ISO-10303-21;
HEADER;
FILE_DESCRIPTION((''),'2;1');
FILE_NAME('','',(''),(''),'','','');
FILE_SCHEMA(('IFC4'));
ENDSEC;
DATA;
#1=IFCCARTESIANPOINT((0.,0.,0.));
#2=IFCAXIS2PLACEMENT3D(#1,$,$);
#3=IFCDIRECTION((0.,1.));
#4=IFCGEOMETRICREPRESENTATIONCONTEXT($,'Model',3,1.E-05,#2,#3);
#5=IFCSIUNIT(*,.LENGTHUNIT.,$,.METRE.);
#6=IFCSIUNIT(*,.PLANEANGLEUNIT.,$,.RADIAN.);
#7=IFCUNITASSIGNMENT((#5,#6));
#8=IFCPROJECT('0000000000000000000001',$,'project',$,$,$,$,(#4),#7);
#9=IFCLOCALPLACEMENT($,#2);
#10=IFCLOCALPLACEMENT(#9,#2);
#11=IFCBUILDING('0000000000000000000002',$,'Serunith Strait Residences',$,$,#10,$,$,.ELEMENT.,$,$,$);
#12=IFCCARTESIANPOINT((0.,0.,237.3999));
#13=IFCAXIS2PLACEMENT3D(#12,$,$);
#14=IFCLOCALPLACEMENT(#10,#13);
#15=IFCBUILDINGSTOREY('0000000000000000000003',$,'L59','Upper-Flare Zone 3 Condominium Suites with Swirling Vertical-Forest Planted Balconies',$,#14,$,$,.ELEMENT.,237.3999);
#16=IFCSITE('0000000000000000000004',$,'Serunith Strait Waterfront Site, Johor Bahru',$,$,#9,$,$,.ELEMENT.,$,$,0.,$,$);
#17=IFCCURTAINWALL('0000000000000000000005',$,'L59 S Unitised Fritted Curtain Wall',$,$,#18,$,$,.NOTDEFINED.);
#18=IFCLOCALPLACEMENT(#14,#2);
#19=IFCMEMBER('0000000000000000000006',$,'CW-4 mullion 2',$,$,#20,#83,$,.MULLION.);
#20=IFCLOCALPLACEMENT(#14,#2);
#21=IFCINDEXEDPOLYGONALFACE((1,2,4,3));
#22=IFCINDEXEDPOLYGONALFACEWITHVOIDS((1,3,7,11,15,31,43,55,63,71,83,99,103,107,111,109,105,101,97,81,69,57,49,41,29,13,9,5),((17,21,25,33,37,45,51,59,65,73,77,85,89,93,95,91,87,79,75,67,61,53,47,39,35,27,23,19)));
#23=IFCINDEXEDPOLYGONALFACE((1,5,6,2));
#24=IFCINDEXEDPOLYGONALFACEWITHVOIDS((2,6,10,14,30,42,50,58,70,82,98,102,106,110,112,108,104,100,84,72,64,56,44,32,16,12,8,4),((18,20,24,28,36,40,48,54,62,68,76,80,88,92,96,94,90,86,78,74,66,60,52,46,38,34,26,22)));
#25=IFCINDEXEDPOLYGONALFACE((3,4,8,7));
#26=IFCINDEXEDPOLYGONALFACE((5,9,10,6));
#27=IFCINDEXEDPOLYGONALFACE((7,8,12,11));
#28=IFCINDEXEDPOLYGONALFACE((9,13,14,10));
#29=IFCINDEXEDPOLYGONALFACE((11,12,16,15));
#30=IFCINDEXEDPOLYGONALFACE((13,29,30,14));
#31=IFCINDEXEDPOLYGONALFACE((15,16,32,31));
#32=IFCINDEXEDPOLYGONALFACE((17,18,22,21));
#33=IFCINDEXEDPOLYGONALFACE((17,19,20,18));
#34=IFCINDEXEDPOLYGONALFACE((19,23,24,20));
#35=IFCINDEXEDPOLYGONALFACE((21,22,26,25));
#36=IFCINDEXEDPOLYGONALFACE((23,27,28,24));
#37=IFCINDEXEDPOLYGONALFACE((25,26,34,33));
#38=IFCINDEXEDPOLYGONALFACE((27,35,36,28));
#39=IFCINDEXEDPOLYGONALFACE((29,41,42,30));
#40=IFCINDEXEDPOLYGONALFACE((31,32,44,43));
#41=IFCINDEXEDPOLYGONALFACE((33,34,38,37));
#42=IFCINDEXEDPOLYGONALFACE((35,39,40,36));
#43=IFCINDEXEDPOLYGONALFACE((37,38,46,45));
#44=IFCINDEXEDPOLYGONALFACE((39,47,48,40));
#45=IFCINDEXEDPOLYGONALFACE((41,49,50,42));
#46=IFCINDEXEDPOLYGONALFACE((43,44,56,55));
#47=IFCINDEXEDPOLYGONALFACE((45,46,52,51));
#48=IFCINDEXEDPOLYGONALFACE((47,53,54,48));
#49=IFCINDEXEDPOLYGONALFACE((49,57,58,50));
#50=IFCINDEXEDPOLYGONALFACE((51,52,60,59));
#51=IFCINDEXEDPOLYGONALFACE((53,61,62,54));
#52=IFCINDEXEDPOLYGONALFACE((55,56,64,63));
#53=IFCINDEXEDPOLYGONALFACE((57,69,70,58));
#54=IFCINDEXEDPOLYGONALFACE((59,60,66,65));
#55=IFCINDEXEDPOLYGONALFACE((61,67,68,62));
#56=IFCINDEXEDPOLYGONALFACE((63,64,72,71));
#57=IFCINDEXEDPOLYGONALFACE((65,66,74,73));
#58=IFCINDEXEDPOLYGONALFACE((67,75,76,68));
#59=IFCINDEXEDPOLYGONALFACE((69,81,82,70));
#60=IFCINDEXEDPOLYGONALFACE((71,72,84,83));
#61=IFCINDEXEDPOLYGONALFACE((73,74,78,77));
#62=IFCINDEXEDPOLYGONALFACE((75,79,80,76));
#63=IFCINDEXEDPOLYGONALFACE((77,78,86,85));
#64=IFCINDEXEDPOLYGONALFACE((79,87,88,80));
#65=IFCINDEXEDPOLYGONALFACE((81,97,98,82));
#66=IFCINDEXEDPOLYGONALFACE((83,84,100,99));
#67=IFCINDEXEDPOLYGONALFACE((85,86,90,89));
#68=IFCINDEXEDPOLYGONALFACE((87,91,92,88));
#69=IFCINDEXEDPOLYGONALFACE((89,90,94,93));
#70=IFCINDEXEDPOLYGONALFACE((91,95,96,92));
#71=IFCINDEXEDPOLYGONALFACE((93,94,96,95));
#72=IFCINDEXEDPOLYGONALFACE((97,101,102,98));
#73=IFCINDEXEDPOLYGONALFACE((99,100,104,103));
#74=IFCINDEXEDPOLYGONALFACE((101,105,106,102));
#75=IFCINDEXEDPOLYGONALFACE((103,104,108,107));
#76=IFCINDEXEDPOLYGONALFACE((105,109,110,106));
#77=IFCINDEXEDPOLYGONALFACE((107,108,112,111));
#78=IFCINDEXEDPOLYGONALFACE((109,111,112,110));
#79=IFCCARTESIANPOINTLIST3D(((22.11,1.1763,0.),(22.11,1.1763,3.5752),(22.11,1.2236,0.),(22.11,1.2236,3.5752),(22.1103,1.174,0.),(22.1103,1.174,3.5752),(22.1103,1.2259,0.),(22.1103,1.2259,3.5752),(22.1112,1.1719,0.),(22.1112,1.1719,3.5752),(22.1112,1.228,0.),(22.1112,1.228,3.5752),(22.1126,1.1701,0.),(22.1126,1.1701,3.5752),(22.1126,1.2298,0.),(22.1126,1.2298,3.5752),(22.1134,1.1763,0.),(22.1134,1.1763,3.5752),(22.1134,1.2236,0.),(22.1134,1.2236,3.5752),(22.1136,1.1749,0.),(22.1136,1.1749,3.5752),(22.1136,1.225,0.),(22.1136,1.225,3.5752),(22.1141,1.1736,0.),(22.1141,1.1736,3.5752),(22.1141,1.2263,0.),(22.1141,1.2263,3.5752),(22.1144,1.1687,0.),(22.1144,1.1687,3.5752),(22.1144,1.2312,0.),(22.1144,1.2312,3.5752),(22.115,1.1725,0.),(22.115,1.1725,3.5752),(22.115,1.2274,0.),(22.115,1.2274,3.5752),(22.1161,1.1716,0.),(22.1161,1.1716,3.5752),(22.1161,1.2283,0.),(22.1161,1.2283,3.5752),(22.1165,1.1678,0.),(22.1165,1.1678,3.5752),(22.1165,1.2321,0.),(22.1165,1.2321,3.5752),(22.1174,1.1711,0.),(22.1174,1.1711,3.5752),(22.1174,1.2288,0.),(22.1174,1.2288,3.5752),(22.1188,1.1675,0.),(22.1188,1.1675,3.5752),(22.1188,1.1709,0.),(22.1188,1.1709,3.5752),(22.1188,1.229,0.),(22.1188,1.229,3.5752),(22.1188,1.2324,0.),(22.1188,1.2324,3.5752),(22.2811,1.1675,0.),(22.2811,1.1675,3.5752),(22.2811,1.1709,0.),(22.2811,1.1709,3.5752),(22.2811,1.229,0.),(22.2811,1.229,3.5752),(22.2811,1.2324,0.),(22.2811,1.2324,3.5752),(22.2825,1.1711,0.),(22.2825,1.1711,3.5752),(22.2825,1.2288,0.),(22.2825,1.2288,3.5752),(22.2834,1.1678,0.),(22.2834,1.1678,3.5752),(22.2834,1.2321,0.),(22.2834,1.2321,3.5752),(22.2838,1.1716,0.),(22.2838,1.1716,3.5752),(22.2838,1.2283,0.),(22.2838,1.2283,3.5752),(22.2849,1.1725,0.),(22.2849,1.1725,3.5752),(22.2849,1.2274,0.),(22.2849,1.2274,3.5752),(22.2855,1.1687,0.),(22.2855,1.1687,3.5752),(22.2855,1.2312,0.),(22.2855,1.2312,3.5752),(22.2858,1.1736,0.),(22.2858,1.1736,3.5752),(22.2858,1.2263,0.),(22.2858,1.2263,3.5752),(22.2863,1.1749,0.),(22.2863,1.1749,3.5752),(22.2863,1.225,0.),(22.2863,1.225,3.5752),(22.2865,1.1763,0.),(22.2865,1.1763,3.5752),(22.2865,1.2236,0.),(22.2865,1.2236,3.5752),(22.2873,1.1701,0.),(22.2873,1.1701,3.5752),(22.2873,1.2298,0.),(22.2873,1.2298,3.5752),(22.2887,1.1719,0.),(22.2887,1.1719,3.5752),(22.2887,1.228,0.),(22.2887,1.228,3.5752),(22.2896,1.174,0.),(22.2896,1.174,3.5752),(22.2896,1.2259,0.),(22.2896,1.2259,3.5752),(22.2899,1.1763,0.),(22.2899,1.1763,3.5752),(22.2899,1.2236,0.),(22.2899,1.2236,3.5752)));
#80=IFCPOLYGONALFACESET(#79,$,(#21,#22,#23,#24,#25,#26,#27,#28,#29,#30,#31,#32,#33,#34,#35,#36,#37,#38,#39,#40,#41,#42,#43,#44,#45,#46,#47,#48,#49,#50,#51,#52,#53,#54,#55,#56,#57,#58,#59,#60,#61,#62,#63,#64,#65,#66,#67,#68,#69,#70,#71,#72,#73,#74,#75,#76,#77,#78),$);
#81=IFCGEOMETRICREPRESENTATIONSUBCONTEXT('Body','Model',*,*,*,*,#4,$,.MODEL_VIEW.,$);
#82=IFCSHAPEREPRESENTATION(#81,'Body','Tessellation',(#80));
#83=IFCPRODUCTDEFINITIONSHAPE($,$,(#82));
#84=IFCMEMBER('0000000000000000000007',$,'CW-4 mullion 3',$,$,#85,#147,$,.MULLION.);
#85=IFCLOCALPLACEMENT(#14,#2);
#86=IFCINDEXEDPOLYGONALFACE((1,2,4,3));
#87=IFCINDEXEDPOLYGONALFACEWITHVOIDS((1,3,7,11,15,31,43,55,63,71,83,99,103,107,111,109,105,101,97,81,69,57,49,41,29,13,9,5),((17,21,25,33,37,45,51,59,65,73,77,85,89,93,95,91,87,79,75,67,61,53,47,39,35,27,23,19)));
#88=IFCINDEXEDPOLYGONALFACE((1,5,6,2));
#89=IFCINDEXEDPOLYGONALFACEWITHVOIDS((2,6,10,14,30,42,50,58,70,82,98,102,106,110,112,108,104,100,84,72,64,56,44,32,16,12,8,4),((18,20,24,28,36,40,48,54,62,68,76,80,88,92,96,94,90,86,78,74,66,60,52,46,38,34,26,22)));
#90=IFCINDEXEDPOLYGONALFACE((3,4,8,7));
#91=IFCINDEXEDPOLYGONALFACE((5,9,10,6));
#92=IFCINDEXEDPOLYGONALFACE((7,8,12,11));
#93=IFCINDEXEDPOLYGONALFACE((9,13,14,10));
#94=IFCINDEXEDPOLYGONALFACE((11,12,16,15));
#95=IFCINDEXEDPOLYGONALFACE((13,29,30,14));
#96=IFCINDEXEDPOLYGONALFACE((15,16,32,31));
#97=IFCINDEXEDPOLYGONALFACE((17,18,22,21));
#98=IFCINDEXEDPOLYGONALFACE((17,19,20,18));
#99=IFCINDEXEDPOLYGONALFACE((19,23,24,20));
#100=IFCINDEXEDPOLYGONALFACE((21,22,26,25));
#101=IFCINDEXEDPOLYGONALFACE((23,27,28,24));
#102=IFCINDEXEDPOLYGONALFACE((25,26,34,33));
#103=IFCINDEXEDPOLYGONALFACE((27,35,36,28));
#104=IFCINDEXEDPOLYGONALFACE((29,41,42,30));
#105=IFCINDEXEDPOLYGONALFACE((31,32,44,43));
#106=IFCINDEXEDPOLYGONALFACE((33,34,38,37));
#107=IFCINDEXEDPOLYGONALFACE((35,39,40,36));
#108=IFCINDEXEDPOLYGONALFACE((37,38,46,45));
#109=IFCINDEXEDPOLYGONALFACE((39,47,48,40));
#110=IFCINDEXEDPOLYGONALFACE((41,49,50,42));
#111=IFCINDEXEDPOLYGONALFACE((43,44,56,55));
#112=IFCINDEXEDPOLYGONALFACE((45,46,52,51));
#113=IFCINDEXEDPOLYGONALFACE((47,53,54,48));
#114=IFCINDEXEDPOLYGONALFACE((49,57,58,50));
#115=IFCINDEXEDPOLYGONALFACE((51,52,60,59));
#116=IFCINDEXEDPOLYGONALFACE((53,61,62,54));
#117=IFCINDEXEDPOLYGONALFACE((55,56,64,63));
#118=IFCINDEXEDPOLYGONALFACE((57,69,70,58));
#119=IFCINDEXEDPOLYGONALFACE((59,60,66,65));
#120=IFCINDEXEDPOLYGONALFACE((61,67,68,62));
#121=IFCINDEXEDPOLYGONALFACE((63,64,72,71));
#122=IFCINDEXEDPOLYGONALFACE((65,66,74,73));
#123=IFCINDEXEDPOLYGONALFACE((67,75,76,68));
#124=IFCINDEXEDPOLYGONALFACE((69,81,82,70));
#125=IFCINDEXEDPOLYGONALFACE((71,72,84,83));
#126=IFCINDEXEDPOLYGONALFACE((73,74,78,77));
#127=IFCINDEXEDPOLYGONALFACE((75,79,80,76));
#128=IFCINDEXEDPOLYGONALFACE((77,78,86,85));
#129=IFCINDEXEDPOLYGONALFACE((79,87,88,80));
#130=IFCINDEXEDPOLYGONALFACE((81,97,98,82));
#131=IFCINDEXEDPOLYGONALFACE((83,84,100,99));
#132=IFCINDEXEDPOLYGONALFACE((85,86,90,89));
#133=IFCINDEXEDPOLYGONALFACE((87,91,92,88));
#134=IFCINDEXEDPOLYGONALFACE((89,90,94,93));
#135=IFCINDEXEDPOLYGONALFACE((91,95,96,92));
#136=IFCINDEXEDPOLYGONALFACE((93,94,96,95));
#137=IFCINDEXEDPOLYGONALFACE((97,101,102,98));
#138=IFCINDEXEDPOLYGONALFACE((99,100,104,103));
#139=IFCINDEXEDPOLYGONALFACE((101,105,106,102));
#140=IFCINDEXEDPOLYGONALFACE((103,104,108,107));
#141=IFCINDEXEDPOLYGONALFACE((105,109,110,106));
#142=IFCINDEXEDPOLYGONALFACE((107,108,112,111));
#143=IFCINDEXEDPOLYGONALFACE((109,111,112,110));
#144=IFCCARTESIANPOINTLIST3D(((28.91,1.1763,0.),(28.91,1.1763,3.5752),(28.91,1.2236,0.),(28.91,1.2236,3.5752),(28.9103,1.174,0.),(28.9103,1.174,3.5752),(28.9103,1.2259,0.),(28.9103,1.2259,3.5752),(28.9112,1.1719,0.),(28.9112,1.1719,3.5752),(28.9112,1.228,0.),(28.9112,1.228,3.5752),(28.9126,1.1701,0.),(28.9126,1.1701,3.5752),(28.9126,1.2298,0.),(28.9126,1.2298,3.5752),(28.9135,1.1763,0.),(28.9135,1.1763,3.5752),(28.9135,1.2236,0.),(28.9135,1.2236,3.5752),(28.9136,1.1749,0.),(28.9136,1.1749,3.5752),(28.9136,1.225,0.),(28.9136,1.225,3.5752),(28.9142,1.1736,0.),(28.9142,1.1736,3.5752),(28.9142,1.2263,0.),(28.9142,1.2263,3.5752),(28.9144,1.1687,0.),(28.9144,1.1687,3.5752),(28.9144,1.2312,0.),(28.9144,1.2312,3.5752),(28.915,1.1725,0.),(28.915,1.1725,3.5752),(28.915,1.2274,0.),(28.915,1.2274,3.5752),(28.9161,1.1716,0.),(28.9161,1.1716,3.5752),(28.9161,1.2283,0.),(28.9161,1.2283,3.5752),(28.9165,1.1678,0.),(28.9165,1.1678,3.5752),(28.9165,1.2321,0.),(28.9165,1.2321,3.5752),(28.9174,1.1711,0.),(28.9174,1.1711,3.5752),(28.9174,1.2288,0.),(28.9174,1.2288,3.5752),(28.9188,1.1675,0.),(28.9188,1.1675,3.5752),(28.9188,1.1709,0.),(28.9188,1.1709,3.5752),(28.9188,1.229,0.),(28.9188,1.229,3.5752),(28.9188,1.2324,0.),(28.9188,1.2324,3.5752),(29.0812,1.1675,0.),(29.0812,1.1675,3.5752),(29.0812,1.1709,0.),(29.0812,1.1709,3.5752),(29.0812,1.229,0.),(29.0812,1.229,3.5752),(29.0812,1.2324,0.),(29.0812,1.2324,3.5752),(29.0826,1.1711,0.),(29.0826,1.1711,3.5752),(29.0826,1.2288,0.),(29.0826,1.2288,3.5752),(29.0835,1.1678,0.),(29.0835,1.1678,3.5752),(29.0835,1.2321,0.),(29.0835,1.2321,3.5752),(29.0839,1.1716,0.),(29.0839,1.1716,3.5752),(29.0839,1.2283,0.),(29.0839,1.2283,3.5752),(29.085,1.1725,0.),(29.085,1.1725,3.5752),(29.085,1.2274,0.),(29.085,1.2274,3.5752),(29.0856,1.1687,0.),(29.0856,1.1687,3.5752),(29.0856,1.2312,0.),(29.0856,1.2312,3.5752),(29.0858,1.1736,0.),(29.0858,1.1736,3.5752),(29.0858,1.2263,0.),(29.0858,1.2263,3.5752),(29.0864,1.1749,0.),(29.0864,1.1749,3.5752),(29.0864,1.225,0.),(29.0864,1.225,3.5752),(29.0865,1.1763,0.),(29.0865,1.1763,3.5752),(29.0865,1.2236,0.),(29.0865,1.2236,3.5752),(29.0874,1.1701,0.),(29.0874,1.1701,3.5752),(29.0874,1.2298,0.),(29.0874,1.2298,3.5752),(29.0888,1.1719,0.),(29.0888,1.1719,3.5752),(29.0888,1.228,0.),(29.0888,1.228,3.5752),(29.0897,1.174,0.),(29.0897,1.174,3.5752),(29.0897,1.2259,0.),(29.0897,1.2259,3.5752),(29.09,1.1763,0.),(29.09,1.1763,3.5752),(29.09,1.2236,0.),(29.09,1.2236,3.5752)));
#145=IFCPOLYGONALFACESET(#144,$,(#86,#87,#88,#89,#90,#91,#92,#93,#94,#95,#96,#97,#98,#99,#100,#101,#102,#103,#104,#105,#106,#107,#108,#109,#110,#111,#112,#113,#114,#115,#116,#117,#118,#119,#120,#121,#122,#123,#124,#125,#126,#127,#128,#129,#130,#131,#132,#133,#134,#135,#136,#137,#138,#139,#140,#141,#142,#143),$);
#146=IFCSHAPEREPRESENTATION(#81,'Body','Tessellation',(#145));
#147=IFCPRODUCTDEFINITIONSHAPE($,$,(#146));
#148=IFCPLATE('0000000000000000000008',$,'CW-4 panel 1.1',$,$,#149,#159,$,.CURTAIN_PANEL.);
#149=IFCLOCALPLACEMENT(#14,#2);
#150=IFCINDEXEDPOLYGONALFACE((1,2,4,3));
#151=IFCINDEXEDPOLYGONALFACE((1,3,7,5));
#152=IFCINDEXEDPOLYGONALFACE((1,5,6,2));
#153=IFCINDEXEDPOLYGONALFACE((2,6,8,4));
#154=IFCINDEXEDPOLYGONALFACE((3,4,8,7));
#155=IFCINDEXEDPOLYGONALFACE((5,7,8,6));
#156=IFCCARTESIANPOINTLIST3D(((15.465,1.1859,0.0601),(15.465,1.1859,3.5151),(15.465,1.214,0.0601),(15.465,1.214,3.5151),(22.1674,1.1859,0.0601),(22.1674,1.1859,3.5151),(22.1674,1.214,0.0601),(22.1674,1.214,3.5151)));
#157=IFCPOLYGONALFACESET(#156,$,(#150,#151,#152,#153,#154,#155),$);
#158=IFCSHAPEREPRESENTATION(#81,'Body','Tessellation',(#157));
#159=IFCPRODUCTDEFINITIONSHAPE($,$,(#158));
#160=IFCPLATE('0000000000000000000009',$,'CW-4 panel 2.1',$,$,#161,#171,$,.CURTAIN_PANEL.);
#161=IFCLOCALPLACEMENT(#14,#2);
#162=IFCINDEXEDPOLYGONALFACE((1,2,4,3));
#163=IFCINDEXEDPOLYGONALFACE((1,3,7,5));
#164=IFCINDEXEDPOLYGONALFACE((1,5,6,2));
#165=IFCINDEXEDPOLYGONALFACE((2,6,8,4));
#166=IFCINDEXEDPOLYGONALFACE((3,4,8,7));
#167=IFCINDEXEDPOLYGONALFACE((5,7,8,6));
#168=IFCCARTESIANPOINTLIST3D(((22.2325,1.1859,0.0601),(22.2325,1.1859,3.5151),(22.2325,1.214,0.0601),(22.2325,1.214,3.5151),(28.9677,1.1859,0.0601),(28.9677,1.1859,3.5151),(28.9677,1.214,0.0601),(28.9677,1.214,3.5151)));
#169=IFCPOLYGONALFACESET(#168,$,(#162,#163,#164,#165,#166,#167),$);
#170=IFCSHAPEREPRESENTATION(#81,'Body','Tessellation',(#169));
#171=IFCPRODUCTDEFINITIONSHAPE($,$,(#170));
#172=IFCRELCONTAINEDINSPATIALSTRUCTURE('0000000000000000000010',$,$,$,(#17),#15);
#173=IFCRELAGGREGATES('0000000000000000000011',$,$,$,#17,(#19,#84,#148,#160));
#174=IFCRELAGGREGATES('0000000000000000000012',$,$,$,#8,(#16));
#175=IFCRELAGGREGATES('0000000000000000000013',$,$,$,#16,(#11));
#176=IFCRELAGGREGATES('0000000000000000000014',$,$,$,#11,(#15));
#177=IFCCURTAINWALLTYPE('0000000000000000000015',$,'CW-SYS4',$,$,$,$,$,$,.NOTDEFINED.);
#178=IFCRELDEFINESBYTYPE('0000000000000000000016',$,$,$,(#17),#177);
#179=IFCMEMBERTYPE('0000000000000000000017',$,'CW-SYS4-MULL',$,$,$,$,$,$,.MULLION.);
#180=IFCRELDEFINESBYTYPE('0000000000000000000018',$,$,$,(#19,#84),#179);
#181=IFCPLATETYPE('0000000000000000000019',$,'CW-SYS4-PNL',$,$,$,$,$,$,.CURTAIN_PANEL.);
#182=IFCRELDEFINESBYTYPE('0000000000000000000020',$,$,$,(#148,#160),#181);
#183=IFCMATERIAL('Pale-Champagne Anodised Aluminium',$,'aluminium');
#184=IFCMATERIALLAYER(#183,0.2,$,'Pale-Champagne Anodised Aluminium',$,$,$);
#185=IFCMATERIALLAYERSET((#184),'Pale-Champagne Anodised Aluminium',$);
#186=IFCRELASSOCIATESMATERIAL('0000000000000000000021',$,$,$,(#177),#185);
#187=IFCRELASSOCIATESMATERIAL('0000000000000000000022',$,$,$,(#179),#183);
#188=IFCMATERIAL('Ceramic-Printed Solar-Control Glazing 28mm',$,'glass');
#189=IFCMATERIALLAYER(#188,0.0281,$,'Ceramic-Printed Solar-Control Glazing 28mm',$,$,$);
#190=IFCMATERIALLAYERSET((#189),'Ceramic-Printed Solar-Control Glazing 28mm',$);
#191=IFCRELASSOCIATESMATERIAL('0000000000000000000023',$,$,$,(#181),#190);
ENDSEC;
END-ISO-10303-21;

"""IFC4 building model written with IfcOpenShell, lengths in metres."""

from ifc_helpers import new_model, si_unit, direction, frame, origin, origin_2d, place, context, subcontext, project, spatial, rectangle, hollow_rectangle, extrude, source, transform, mapped, material, layer, layer_set, material_profile, profile_set, type_object, element, aggregate, save


model = new_model("IFC4")

# Units and contexts
model_context = context("Model", 3, precision=1e-05, world=origin(), true_north=direction((0.0, 1.0)))
body_context = subcontext(model_context, "Body", "Model", "MODEL_VIEW")
ifc_project = project(units=[si_unit("LENGTHUNIT", "METRE"), si_unit("PLANEANGLEUNIT", "RADIAN")], contexts=[model_context])

# Site, building, storey
site_placement = place(None, origin())
site = spatial("IfcSite", under=ifc_project, at=site_placement, Name="Serunith Strait Waterfront Site, Johor Bahru", CompositionType="ELEMENT", RefElevation=0.0)
building_placement = place(site_placement, origin())
building = spatial("IfcBuilding", under=site, at=building_placement, Name="Serunith Strait Residences", CompositionType="ELEMENT")
storey_placement = place(building_placement, frame((0.0, 0.0, 237.3999)))
storey = spatial("IfcBuildingStorey", under=building, at=storey_placement, Name="L59", Description="Upper-Flare Zone 3 Condominium Suites with Swirling Vertical-Forest Planted Balconies", CompositionType="ELEMENT", Elevation=237.3999)

# Curtain wall, members, plates
ifc_material_1 = material(Name="Pale-Champagne Anodised Aluminium", Category="aluminium")
ifc_layer_1 = layer(ifc_material_1, 0.2, Name="Pale-Champagne Anodised Aluminium")
ifc_layer_set_1 = layer_set([ifc_layer_1], Name="Pale-Champagne Anodised Aluminium")
curtain_wall_type = type_object("IfcCurtainWallType", Name="CW-SYS4", PredefinedType="NOTDEFINED", material=ifc_layer_set_1)
curtain_wall_placement = place(storey_placement, origin())
curtain_wall = element("IfcCurtainWall", 1, at=curtain_wall_placement, inside=storey, type_object=curtain_wall_type, Name="L59 S Unitised Fritted Curtain Wall", PredefinedType="NOTDEFINED")
ifc_material_profile_1 = material_profile(ifc_material_1, hollow_rectangle(XDim=0.0649, YDim=0.1799, WallThickness=0.0034, InnerFilletRadius=0.0054, OuterFilletRadius=0.0088, at=origin_2d()), Name="ALU 180x65x3.5")
ifc_profile_set_1 = profile_set([ifc_material_profile_1], Name="Pale-Champagne Anodised Aluminium")
member_type_1 = type_object("IfcMemberType", Name="CW-SYS4-MULL", PredefinedType="MULLION", material=ifc_profile_set_1)
shared_shape_1 = source(origin(), body_context, "Body", "SweptSolid", [
    extrude(hollow_rectangle(XDim=0.0649, YDim=0.1799, WallThickness=0.0034, InnerFilletRadius=0.0054, OuterFilletRadius=0.0088, at=origin_2d()), origin(), (0.0, 0.0, 1.0), 3.5752),
])
member_1_placement = place(storey_placement, frame((22.2, 1.2, 0.0), z_axis=(0.0, 0.0, 1.0), x_axis=(0.0, 1.0, 0.0)))
member_1 = element("IfcMember", 2, at=member_1_placement, type_object=member_type_1, Name="CW-4 mullion 2", PredefinedType="MULLION", context=body_context, shape_type="MappedRepresentation", body=[
    mapped(shared_shape_1, transform((0.0, 0.0, 0.0), scale=1.0)),
])
member_2_placement = place(storey_placement, frame((29.0, 1.2, 0.0), z_axis=(0.0, 0.0, 1.0), x_axis=(0.0, 1.0, 0.0)))
member_2 = element("IfcMember", 3, at=member_2_placement, type_object=member_type_1, Name="CW-4 mullion 3", PredefinedType="MULLION", context=body_context, shape_type="MappedRepresentation", body=[
    mapped(shared_shape_1, transform((0.0, 0.0, 0.0), scale=1.0)),
])
ifc_material_2 = material(Name="Ceramic-Printed Solar-Control Glazing 28mm", Category="glass")
ifc_layer_2 = layer(ifc_material_2, 0.0281, Name="Ceramic-Printed Solar-Control Glazing 28mm")
ifc_layer_set_2 = layer_set([ifc_layer_2], Name="Ceramic-Printed Solar-Control Glazing 28mm")
plate_type = type_object("IfcPlateType", Name="CW-SYS4-PNL", PredefinedType="CURTAIN_PANEL", material=ifc_layer_set_2)
shared_shape_2 = source(origin(), body_context, "Body", "SweptSolid", [
    extrude(rectangle(XDim=6.7024, YDim=0.0281, at=origin_2d()), origin(), (0.0, 0.0, 1.0), 3.4551),
])
plate_1_placement = place(storey_placement, frame((18.8162, 1.2, 0.0601), z_axis=(0.0, 0.0, 1.0), x_axis=(1.0, 0.0, 0.0)))
plate_1 = element("IfcPlate", 4, at=plate_1_placement, type_object=plate_type, Name="CW-4 panel 1.1", PredefinedType="CURTAIN_PANEL", context=body_context, shape_type="MappedRepresentation", body=[
    mapped(shared_shape_2, transform((0.0, 0.0, 0.0), scale=1.0)),
])
shared_shape_3 = source(origin(), body_context, "Body", "SweptSolid", [
    extrude(rectangle(XDim=6.7351, YDim=0.0281, at=origin_2d()), origin(), (0.0, 0.0, 1.0), 3.4551),
])
plate_2_placement = place(storey_placement, frame((25.6001, 1.2, 0.0601), z_axis=(0.0, 0.0, 1.0), x_axis=(1.0, 0.0, 0.0)))
plate_2 = element("IfcPlate", 5, at=plate_2_placement, type_object=plate_type, Name="CW-4 panel 2.1", PredefinedType="CURTAIN_PANEL", context=body_context, shape_type="MappedRepresentation", body=[
    mapped(shared_shape_3, transform((0.0, 0.0, 0.0), scale=1.0)),
])
aggregate(curtain_wall, [member_1, member_2, plate_1, plate_2])

save(model, "model.ifc")
